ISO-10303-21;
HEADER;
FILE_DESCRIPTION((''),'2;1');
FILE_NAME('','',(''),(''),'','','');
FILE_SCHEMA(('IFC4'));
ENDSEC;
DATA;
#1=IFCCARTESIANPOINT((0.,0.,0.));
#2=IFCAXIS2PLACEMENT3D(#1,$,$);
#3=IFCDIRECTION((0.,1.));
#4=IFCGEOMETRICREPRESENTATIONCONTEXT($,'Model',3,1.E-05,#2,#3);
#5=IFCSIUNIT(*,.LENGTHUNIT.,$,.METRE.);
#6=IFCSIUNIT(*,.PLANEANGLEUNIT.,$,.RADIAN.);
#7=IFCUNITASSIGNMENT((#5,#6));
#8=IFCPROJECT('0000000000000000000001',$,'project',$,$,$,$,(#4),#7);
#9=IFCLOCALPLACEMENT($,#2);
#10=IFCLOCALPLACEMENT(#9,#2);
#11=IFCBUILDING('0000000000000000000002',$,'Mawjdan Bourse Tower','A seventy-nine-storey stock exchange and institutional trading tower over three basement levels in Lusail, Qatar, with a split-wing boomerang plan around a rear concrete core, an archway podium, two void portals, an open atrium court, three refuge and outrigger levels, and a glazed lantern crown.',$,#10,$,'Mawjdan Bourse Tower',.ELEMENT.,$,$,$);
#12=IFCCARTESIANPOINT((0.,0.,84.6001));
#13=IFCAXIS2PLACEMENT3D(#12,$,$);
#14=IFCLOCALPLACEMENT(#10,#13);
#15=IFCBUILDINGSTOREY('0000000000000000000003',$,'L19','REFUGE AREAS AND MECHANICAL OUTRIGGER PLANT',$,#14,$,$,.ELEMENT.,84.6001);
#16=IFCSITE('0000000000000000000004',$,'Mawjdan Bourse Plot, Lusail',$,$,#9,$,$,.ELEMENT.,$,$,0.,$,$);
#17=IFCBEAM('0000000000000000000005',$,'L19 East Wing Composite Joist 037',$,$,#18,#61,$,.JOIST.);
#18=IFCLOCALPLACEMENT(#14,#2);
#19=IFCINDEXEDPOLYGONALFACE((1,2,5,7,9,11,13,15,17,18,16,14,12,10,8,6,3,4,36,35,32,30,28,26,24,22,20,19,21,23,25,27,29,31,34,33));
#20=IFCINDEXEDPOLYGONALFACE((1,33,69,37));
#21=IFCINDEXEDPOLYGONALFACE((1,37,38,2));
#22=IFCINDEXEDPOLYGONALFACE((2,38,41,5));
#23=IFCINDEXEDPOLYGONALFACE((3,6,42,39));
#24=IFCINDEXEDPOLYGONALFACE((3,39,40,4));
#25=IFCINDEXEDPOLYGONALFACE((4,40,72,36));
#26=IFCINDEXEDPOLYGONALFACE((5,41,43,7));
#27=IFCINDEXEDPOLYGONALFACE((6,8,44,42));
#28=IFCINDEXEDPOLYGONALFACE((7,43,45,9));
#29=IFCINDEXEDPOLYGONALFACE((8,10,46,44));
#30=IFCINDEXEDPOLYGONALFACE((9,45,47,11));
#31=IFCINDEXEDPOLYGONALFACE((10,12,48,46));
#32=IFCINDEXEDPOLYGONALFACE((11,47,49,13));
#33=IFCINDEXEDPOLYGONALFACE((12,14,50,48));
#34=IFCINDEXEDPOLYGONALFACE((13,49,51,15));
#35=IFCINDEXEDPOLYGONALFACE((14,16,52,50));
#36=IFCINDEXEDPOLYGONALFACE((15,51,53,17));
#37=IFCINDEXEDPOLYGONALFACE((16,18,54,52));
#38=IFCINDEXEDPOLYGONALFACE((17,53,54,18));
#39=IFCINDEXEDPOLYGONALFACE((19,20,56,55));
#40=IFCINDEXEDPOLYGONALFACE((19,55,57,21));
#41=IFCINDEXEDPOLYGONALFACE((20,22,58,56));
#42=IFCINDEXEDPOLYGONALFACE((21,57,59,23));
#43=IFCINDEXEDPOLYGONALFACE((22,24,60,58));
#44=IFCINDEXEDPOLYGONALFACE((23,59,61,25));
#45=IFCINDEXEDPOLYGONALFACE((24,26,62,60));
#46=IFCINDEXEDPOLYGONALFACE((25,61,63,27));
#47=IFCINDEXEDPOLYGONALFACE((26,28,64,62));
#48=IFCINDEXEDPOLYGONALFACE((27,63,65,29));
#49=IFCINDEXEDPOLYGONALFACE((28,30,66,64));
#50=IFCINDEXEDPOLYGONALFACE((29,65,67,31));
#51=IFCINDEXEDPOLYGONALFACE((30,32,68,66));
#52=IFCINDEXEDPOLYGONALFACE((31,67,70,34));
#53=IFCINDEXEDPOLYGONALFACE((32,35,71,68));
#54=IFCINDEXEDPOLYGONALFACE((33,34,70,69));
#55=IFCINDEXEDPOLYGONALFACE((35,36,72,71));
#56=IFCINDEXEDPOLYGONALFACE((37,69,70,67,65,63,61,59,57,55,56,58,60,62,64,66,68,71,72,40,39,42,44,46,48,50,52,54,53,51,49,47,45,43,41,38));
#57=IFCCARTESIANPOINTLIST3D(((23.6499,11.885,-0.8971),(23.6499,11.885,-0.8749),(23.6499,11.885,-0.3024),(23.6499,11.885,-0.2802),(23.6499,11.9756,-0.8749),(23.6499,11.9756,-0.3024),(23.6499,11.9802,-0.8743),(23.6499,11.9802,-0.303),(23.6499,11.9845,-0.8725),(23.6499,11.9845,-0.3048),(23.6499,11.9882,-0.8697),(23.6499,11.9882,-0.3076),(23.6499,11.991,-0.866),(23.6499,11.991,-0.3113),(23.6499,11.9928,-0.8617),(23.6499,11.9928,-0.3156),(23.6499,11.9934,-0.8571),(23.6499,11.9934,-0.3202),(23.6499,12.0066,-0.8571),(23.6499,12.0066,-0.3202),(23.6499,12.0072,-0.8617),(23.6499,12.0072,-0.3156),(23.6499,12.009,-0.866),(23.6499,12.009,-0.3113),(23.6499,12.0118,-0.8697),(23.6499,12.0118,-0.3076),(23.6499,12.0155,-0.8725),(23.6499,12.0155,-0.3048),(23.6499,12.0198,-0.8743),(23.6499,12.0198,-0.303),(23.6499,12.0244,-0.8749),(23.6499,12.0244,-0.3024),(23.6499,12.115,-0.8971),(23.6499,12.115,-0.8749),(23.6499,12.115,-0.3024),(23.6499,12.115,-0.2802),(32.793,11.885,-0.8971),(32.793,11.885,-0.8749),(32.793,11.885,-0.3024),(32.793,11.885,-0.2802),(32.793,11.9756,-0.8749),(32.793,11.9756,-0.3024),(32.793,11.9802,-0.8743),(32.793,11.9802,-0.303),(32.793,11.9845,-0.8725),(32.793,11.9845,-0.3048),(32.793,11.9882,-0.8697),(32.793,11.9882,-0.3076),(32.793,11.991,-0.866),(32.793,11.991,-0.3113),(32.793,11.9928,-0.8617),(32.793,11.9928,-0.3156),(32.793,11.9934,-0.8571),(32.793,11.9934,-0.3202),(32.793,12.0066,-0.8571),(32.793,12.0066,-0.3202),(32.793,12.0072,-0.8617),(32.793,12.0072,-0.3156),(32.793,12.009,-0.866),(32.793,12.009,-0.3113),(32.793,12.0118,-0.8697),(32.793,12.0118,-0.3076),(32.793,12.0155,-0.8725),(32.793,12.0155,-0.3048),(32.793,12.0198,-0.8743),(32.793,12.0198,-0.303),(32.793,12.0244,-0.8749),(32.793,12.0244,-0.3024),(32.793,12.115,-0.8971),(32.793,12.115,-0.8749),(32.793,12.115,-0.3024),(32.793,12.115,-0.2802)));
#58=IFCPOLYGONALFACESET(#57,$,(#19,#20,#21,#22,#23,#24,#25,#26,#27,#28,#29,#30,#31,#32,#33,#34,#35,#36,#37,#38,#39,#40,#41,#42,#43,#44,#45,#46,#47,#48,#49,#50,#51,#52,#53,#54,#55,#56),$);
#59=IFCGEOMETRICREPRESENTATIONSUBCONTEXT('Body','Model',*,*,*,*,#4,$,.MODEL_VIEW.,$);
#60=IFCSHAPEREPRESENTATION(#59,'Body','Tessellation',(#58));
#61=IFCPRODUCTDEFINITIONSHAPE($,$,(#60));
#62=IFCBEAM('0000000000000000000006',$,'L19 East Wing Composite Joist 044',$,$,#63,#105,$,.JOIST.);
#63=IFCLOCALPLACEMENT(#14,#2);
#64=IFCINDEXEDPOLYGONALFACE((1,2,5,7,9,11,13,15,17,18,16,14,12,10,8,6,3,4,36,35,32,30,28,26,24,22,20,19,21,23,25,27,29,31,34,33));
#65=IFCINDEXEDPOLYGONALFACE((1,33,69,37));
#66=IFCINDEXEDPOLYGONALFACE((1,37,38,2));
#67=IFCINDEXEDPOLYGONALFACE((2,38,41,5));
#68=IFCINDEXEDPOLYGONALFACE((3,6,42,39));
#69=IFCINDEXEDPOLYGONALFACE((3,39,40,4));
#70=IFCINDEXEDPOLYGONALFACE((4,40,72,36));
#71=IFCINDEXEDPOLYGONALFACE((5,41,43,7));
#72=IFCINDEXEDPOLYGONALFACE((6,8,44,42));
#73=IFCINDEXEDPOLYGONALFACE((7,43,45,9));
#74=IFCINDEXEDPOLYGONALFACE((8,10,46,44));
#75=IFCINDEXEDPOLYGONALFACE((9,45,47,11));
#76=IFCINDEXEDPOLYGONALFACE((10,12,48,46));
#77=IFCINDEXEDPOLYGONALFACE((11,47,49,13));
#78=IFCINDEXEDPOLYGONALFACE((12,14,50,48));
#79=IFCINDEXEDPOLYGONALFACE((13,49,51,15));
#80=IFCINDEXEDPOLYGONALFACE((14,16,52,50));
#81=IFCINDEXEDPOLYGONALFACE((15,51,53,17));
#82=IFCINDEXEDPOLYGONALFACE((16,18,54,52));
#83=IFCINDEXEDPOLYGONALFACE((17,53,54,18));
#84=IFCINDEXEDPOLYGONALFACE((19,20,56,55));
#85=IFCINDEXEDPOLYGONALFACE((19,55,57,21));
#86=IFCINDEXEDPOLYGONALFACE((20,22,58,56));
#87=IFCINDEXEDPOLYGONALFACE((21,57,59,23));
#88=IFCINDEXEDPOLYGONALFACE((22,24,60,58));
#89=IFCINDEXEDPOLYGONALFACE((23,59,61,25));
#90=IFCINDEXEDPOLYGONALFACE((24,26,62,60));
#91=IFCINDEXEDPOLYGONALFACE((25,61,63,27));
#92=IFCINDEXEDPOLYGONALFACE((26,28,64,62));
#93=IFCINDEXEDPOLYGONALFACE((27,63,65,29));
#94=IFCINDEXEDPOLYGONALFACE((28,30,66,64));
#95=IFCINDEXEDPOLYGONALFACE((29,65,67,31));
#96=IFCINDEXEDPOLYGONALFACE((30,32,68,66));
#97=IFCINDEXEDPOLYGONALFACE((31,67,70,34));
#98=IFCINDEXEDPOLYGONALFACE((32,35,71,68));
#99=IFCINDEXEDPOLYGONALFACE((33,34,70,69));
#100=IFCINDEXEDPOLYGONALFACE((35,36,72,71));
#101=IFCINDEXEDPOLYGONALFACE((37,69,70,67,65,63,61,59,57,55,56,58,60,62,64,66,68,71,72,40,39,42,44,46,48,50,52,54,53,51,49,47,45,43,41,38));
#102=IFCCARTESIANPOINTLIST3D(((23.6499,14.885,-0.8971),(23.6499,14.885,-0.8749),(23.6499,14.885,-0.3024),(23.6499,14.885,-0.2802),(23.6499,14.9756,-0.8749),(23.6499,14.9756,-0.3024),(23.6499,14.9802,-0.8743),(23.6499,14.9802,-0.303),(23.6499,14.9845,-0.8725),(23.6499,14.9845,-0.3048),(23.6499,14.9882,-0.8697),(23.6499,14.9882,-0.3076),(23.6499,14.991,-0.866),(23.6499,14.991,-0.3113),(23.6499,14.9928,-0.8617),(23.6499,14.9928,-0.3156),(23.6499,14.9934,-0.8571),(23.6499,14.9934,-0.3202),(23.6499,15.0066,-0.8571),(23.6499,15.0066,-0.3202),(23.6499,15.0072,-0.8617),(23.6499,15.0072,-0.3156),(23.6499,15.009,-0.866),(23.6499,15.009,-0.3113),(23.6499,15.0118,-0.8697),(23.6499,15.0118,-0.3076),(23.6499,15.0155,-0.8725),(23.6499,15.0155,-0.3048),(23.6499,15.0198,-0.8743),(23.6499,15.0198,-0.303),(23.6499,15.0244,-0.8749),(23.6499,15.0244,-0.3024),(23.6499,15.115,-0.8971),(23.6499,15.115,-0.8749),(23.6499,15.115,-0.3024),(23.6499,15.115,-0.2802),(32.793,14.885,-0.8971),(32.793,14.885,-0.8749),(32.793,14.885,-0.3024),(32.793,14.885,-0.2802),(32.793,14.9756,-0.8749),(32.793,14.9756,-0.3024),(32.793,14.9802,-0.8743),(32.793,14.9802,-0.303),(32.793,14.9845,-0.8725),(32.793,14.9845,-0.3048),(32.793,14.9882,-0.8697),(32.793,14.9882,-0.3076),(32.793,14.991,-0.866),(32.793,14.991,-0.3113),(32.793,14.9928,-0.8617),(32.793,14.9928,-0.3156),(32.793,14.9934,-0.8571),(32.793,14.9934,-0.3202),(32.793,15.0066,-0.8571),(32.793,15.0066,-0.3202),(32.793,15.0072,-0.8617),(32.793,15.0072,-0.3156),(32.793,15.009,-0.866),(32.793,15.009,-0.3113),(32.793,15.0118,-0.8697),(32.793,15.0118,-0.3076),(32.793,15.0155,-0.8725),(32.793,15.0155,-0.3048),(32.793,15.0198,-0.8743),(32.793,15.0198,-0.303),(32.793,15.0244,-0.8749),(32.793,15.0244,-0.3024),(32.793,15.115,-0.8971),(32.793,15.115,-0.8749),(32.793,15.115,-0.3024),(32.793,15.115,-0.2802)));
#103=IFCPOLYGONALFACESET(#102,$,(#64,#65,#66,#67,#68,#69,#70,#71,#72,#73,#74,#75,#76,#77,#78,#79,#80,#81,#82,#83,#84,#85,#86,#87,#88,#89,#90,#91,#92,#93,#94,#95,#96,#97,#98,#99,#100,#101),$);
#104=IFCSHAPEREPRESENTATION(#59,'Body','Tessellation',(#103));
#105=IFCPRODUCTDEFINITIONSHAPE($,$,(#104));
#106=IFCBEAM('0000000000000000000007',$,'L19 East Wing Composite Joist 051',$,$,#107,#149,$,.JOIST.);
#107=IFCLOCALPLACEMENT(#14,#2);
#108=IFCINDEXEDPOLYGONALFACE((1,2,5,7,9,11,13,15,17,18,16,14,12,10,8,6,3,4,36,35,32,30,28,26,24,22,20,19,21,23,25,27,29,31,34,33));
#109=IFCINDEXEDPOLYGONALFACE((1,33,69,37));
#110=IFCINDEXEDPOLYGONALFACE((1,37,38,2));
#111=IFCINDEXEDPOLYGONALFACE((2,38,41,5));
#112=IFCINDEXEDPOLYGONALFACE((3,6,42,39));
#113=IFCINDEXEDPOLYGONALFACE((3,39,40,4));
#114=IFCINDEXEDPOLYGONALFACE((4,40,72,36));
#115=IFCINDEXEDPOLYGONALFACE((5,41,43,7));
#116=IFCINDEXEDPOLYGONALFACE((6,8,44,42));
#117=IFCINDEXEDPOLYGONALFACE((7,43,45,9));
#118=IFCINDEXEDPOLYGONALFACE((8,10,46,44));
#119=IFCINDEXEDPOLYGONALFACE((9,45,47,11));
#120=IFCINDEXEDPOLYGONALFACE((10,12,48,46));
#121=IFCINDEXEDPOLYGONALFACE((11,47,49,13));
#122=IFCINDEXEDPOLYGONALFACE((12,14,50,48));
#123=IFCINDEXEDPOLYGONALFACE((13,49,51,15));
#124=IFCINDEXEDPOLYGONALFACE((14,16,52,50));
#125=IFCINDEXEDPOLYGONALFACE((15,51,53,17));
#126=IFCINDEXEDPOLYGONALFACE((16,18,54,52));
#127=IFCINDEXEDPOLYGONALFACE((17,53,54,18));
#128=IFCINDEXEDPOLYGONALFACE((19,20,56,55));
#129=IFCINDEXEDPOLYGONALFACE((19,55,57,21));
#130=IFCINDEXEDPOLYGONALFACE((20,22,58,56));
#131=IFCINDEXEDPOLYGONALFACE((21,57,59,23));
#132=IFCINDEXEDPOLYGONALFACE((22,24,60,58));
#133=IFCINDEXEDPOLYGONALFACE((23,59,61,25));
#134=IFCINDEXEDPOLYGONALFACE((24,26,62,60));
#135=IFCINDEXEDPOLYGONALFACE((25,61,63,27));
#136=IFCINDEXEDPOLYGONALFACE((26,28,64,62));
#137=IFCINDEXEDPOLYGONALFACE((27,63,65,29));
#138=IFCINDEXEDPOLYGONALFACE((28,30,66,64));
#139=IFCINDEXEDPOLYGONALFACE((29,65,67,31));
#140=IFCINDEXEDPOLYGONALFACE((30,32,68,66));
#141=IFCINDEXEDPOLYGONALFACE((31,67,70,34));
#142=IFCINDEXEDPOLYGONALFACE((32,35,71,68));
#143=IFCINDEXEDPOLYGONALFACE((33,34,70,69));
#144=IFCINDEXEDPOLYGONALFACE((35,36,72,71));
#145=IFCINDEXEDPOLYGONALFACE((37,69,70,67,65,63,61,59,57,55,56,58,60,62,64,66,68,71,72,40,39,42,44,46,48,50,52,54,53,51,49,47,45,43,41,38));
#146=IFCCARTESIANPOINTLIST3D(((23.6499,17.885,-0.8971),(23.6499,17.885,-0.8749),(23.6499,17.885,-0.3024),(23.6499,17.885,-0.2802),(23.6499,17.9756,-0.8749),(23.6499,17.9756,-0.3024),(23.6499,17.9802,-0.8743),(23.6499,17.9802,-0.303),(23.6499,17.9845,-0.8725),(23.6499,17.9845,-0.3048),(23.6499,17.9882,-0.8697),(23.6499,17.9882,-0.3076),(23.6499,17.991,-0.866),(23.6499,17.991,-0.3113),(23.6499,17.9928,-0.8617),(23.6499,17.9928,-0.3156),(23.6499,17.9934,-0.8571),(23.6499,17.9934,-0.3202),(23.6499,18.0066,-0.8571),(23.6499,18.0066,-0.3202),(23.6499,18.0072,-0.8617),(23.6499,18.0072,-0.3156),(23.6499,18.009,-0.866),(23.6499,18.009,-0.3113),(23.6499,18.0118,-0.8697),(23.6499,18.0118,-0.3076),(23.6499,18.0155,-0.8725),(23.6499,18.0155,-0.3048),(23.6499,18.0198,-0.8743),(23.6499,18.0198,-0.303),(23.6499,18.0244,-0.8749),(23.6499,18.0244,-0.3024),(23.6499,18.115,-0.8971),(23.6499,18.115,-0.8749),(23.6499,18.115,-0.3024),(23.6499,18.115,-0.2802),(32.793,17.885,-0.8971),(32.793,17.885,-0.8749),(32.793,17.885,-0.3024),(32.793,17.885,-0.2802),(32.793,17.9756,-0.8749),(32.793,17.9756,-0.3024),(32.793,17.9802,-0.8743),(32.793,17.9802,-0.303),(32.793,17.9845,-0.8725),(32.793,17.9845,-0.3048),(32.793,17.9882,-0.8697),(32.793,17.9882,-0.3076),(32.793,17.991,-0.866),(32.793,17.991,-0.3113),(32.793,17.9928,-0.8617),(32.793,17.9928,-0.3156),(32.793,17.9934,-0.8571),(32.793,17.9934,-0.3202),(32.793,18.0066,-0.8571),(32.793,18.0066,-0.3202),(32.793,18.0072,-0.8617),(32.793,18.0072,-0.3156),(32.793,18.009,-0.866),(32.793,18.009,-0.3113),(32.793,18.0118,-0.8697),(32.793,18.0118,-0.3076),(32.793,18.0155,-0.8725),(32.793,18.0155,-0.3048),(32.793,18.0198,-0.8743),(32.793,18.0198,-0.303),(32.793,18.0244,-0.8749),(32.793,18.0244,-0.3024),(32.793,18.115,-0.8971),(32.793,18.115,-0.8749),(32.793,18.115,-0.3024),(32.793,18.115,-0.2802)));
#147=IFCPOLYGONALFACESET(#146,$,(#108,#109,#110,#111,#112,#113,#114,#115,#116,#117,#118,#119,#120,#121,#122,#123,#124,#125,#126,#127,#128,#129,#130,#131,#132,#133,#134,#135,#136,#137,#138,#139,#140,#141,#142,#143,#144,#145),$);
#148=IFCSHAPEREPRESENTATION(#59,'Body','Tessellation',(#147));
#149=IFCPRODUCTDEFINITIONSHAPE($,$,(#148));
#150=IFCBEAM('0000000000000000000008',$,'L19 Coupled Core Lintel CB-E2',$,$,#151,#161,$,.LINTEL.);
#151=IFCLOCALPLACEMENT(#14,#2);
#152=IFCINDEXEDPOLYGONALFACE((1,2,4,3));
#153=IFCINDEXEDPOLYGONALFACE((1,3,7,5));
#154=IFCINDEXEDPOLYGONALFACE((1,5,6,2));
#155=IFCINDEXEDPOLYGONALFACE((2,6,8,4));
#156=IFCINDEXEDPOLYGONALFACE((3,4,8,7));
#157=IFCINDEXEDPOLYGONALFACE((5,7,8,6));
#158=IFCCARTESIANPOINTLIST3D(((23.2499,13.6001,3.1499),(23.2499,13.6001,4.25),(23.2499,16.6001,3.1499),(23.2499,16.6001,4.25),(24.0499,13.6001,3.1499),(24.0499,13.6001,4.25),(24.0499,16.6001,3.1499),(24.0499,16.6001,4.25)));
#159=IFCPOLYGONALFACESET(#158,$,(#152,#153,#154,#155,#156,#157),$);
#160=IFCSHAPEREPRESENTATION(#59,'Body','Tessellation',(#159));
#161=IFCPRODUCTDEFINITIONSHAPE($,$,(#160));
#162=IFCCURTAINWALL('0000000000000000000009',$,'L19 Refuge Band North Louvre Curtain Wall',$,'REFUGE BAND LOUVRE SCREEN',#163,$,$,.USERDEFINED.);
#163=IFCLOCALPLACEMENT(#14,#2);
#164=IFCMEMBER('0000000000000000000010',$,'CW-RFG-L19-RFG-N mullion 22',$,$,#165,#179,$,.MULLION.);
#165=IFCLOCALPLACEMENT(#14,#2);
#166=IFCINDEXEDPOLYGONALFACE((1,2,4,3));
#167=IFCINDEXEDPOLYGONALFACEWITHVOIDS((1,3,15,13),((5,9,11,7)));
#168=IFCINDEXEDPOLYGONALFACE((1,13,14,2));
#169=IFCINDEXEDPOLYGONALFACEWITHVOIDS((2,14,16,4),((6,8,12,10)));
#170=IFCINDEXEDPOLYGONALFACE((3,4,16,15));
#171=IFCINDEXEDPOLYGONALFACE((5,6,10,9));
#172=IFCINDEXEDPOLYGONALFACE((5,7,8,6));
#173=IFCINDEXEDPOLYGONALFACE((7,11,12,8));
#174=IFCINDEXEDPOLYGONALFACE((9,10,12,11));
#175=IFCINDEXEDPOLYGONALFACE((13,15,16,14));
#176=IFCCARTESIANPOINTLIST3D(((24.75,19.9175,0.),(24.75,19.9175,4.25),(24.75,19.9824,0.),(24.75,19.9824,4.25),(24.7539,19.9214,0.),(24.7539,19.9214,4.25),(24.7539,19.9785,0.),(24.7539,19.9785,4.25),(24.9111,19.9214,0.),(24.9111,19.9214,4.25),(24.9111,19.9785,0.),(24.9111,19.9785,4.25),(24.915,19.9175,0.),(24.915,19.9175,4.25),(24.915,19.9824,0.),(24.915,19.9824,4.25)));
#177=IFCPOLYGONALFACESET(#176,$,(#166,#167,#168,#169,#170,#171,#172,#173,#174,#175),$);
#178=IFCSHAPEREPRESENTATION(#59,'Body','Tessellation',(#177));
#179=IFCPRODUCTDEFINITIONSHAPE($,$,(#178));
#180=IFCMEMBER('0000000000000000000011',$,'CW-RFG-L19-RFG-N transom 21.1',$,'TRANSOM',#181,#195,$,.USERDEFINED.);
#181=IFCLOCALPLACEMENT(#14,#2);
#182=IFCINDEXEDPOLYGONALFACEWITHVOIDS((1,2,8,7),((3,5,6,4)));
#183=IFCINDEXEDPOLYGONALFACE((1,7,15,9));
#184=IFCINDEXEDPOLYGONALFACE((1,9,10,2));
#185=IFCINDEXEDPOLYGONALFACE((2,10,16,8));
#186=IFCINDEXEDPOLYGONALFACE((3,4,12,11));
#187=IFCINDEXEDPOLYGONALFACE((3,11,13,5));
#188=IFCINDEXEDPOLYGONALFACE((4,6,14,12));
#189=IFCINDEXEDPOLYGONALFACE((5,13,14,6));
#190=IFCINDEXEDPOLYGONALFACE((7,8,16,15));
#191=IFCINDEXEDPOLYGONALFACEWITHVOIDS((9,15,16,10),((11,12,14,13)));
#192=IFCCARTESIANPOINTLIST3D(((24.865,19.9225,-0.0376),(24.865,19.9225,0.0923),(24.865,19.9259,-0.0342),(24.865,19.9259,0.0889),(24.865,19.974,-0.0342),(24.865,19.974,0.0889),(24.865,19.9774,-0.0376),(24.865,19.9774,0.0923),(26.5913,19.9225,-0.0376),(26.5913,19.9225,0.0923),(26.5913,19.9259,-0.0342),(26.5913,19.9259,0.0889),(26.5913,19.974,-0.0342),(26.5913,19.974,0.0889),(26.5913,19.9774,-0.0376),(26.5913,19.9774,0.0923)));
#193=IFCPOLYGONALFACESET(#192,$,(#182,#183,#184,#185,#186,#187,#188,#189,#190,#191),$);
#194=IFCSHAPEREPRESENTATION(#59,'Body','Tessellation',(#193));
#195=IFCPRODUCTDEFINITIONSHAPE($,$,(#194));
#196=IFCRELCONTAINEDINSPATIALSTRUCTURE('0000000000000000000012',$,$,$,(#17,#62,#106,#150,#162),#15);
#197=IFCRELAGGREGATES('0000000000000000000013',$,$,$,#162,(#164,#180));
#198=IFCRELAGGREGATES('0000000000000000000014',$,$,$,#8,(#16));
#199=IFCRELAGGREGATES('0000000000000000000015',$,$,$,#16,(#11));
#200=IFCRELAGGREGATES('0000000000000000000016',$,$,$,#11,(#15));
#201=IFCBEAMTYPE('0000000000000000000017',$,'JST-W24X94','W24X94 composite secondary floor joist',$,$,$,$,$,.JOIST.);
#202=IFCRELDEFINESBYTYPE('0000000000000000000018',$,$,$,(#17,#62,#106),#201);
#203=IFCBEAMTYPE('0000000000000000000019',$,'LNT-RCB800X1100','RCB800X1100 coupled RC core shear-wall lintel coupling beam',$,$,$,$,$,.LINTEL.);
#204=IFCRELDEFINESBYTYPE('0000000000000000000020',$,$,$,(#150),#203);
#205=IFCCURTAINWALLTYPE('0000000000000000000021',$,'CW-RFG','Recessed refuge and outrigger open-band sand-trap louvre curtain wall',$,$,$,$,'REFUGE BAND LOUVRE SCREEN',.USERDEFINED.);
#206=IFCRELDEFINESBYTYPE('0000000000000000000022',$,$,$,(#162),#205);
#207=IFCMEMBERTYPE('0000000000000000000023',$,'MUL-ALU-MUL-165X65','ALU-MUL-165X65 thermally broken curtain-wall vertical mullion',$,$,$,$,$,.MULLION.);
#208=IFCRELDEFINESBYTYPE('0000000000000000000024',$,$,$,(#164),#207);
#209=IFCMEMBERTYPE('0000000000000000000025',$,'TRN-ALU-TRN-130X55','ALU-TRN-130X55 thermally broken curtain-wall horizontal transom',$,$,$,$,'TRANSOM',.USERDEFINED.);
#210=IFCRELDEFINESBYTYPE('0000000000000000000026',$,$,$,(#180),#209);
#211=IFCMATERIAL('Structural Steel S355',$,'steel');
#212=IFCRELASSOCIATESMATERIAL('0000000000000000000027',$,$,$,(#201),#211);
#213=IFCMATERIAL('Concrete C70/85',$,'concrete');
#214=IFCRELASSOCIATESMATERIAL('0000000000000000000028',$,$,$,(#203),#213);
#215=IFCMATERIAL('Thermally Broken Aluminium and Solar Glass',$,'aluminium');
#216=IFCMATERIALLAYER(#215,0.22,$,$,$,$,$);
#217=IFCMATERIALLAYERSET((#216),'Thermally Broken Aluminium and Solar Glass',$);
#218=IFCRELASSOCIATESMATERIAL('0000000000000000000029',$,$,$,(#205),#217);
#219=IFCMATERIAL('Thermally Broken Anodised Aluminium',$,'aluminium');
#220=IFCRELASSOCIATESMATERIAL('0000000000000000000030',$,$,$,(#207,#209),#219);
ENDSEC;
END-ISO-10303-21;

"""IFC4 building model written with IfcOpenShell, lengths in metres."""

from ifc_helpers import new_model, si_unit, direction, frame, origin, origin_2d, place, context, subcontext, project, spatial, rectangle, hollow_rectangle, i_section, extrude, material, layer, layer_set, material_profile, profile_set, type_object, element, aggregate, save


model = new_model("IFC4")

# Units and contexts
model_context = context("Model", 3, precision=1e-05, world=origin(), true_north=direction((0.0, 1.0)))
body_context = subcontext(model_context, "Body", "Model", "MODEL_VIEW")
ifc_project = project(units=[si_unit("LENGTHUNIT", "METRE"), si_unit("PLANEANGLEUNIT", "RADIAN")], contexts=[model_context])

# Site, building, storey
site_placement = place(None, origin())
site = spatial("IfcSite", under=ifc_project, at=site_placement, Name="Mawjdan Bourse Plot, Lusail", CompositionType="ELEMENT", RefElevation=0.0)
building_placement = place(site_placement, origin())
building = spatial("IfcBuilding", under=site, at=building_placement, Name="Mawjdan Bourse Tower", Description="A seventy-nine-storey stock exchange and institutional trading tower over three basement levels in Lusail, Qatar, with a split-wing boomerang plan around a rear concrete core, an archway podium, two void portals, an open atrium court, three refuge and outrigger levels, and a glazed lantern crown.", LongName="Mawjdan Bourse Tower", CompositionType="ELEMENT")
storey_placement = place(building_placement, frame((0.0, 0.0, 84.6001)))
storey = spatial("IfcBuildingStorey", under=building, at=storey_placement, Name="L19", Description="REFUGE AREAS AND MECHANICAL OUTRIGGER PLANT", CompositionType="ELEMENT", Elevation=84.6001)

# Beams
ifc_material_1 = material(Name="Structural Steel S355", Category="steel")
ifc_material_profile_1 = material_profile(ifc_material_1, i_section(OverallWidth=0.23, OverallDepth=0.6169, WebThickness=0.0132, FlangeThickness=0.0222, FilletRadius=0.0178, at=origin_2d()), Name="W24X94")
ifc_profile_set_1 = profile_set([ifc_material_profile_1], Name="Structural Steel S355")
beam_type_1 = type_object("IfcBeamType", Name="JST-W24X94", Description="W24X94 composite secondary floor joist", PredefinedType="JOIST", material=ifc_profile_set_1)
for number, where, z_axis, x_axis, name in (
    (1, (23.6499, 12.0, -0.5886), (1.0, 0.0, 0.0), (0.0, 1.0, 0.0), "L19 East Wing Composite Joist 037"),
    (2, (23.6499, 15.0, -0.5886), (1.0, 0.0, 0.0), (0.0, 1.0, 0.0), "L19 East Wing Composite Joist 044"),
    (3, (23.6499, 18.0, -0.5886), (1.0, 0.0, 0.0), (0.0, 1.0, 0.0), "L19 East Wing Composite Joist 051"),
):
    element("IfcBeam", number, at=place(storey_placement, frame(where, z_axis=z_axis, x_axis=x_axis)), inside=storey, type_object=beam_type_1, Name=name, PredefinedType="JOIST", context=body_context, shape_type="SweptSolid", body=[
        extrude(i_section(OverallWidth=0.23, OverallDepth=0.6169, WebThickness=0.0132, FlangeThickness=0.0222, FilletRadius=0.0178, at=origin_2d()), origin(), (0.0, 0.0, 1.0), 9.1431),
    ])
ifc_material_2 = material(Name="Concrete C70/85", Category="concrete")
ifc_material_profile_2 = material_profile(ifc_material_2, rectangle(XDim=0.8, YDim=1.1001, at=origin_2d()), Name="RCB800X1100")
ifc_profile_set_2 = profile_set([ifc_material_profile_2], Name="Concrete C70/85")
beam_type_2 = type_object("IfcBeamType", Name="LNT-RCB800X1100", Description="RCB800X1100 coupled RC core shear-wall lintel coupling beam", PredefinedType="LINTEL", material=ifc_profile_set_2)
beam_placement = place(storey_placement, frame((23.6499, 13.6001, 3.7), z_axis=(0.0, 1.0, 0.0), x_axis=(-1.0, 0.0, 0.0)))
element("IfcBeam", 4, at=beam_placement, inside=storey, type_object=beam_type_2, Name="L19 Coupled Core Lintel CB-E2", PredefinedType="LINTEL", context=body_context, shape_type="SweptSolid", body=[
    extrude(rectangle(XDim=0.8, YDim=1.1001, at=origin_2d()), origin(), (0.0, 0.0, 1.0), 3.0),
])

# Curtain wall, members
ifc_material_3 = material(Name="Thermally Broken Aluminium and Solar Glass", Category="aluminium")
ifc_layer_1 = layer(ifc_material_3, 0.22)
ifc_layer_set_1 = layer_set([ifc_layer_1], Name="Thermally Broken Aluminium and Solar Glass")
curtain_wall_type = type_object("IfcCurtainWallType", Name="CW-RFG", Description="Recessed refuge and outrigger open-band sand-trap louvre curtain wall", ElementType="REFUGE BAND LOUVRE SCREEN", PredefinedType="USERDEFINED", material=ifc_layer_set_1)
curtain_wall_placement = place(storey_placement, origin())
curtain_wall = element("IfcCurtainWall", 5, at=curtain_wall_placement, inside=storey, type_object=curtain_wall_type, Name="L19 Refuge Band North Louvre Curtain Wall", ObjectType="REFUGE BAND LOUVRE SCREEN", PredefinedType="USERDEFINED")
ifc_material_4 = material(Name="Thermally Broken Anodised Aluminium", Category="aluminium")
ifc_material_profile_3 = material_profile(ifc_material_4, hollow_rectangle(XDim=0.0649, YDim=0.165, WallThickness=0.0039, at=origin_2d()), Name="ALU-MUL-165X65")
ifc_profile_set_3 = profile_set([ifc_material_profile_3], Name="Thermally Broken Anodised Aluminium")
member_type_1 = type_object("IfcMemberType", Name="MUL-ALU-MUL-165X65", Description="ALU-MUL-165X65 thermally broken curtain-wall vertical mullion", PredefinedType="MULLION", material=ifc_profile_set_3)
member_1_placement = place(storey_placement, frame((24.8325, 19.95, 0.0), z_axis=(0.0, 0.0, 1.0), x_axis=(0.0, -1.0, 0.0)))
member_1 = element("IfcMember", 6, at=member_1_placement, type_object=member_type_1, Name="CW-RFG-L19-RFG-N mullion 22", PredefinedType="MULLION", context=body_context, shape_type="SweptSolid", body=[
    extrude(hollow_rectangle(XDim=0.0649, YDim=0.165, WallThickness=0.0039, at=origin_2d()), origin(), (0.0, 0.0, 1.0), 4.25),
])
ifc_material_profile_4 = material_profile(ifc_material_4, hollow_rectangle(XDim=0.0549, YDim=0.1299, WallThickness=0.0034, at=origin_2d()), Name="ALU-TRN-130X55")
ifc_profile_set_4 = profile_set([ifc_material_profile_4], Name="Thermally Broken Anodised Aluminium")
member_type_2 = type_object("IfcMemberType", Name="TRN-ALU-TRN-130X55", Description="ALU-TRN-130X55 thermally broken curtain-wall horizontal transom", ElementType="TRANSOM", PredefinedType="USERDEFINED", material=ifc_profile_set_4)
member_2_placement = place(storey_placement, frame((26.5913, 19.95, 0.0273), z_axis=(-1.0, 0.0, 0.0), x_axis=(0.0, -1.0, 0.0)))
member_2 = element("IfcMember", 7, at=member_2_placement, type_object=member_type_2, Name="CW-RFG-L19-RFG-N transom 21.1", ObjectType="TRANSOM", PredefinedType="USERDEFINED", context=body_context, shape_type="SweptSolid", body=[
    extrude(hollow_rectangle(XDim=0.0549, YDim=0.1299, WallThickness=0.0034, at=origin_2d()), origin(), (0.0, 0.0, 1.0), 1.7263),
])
aggregate(curtain_wall, [member_1, member_2])

save(model, "model.ifc")
